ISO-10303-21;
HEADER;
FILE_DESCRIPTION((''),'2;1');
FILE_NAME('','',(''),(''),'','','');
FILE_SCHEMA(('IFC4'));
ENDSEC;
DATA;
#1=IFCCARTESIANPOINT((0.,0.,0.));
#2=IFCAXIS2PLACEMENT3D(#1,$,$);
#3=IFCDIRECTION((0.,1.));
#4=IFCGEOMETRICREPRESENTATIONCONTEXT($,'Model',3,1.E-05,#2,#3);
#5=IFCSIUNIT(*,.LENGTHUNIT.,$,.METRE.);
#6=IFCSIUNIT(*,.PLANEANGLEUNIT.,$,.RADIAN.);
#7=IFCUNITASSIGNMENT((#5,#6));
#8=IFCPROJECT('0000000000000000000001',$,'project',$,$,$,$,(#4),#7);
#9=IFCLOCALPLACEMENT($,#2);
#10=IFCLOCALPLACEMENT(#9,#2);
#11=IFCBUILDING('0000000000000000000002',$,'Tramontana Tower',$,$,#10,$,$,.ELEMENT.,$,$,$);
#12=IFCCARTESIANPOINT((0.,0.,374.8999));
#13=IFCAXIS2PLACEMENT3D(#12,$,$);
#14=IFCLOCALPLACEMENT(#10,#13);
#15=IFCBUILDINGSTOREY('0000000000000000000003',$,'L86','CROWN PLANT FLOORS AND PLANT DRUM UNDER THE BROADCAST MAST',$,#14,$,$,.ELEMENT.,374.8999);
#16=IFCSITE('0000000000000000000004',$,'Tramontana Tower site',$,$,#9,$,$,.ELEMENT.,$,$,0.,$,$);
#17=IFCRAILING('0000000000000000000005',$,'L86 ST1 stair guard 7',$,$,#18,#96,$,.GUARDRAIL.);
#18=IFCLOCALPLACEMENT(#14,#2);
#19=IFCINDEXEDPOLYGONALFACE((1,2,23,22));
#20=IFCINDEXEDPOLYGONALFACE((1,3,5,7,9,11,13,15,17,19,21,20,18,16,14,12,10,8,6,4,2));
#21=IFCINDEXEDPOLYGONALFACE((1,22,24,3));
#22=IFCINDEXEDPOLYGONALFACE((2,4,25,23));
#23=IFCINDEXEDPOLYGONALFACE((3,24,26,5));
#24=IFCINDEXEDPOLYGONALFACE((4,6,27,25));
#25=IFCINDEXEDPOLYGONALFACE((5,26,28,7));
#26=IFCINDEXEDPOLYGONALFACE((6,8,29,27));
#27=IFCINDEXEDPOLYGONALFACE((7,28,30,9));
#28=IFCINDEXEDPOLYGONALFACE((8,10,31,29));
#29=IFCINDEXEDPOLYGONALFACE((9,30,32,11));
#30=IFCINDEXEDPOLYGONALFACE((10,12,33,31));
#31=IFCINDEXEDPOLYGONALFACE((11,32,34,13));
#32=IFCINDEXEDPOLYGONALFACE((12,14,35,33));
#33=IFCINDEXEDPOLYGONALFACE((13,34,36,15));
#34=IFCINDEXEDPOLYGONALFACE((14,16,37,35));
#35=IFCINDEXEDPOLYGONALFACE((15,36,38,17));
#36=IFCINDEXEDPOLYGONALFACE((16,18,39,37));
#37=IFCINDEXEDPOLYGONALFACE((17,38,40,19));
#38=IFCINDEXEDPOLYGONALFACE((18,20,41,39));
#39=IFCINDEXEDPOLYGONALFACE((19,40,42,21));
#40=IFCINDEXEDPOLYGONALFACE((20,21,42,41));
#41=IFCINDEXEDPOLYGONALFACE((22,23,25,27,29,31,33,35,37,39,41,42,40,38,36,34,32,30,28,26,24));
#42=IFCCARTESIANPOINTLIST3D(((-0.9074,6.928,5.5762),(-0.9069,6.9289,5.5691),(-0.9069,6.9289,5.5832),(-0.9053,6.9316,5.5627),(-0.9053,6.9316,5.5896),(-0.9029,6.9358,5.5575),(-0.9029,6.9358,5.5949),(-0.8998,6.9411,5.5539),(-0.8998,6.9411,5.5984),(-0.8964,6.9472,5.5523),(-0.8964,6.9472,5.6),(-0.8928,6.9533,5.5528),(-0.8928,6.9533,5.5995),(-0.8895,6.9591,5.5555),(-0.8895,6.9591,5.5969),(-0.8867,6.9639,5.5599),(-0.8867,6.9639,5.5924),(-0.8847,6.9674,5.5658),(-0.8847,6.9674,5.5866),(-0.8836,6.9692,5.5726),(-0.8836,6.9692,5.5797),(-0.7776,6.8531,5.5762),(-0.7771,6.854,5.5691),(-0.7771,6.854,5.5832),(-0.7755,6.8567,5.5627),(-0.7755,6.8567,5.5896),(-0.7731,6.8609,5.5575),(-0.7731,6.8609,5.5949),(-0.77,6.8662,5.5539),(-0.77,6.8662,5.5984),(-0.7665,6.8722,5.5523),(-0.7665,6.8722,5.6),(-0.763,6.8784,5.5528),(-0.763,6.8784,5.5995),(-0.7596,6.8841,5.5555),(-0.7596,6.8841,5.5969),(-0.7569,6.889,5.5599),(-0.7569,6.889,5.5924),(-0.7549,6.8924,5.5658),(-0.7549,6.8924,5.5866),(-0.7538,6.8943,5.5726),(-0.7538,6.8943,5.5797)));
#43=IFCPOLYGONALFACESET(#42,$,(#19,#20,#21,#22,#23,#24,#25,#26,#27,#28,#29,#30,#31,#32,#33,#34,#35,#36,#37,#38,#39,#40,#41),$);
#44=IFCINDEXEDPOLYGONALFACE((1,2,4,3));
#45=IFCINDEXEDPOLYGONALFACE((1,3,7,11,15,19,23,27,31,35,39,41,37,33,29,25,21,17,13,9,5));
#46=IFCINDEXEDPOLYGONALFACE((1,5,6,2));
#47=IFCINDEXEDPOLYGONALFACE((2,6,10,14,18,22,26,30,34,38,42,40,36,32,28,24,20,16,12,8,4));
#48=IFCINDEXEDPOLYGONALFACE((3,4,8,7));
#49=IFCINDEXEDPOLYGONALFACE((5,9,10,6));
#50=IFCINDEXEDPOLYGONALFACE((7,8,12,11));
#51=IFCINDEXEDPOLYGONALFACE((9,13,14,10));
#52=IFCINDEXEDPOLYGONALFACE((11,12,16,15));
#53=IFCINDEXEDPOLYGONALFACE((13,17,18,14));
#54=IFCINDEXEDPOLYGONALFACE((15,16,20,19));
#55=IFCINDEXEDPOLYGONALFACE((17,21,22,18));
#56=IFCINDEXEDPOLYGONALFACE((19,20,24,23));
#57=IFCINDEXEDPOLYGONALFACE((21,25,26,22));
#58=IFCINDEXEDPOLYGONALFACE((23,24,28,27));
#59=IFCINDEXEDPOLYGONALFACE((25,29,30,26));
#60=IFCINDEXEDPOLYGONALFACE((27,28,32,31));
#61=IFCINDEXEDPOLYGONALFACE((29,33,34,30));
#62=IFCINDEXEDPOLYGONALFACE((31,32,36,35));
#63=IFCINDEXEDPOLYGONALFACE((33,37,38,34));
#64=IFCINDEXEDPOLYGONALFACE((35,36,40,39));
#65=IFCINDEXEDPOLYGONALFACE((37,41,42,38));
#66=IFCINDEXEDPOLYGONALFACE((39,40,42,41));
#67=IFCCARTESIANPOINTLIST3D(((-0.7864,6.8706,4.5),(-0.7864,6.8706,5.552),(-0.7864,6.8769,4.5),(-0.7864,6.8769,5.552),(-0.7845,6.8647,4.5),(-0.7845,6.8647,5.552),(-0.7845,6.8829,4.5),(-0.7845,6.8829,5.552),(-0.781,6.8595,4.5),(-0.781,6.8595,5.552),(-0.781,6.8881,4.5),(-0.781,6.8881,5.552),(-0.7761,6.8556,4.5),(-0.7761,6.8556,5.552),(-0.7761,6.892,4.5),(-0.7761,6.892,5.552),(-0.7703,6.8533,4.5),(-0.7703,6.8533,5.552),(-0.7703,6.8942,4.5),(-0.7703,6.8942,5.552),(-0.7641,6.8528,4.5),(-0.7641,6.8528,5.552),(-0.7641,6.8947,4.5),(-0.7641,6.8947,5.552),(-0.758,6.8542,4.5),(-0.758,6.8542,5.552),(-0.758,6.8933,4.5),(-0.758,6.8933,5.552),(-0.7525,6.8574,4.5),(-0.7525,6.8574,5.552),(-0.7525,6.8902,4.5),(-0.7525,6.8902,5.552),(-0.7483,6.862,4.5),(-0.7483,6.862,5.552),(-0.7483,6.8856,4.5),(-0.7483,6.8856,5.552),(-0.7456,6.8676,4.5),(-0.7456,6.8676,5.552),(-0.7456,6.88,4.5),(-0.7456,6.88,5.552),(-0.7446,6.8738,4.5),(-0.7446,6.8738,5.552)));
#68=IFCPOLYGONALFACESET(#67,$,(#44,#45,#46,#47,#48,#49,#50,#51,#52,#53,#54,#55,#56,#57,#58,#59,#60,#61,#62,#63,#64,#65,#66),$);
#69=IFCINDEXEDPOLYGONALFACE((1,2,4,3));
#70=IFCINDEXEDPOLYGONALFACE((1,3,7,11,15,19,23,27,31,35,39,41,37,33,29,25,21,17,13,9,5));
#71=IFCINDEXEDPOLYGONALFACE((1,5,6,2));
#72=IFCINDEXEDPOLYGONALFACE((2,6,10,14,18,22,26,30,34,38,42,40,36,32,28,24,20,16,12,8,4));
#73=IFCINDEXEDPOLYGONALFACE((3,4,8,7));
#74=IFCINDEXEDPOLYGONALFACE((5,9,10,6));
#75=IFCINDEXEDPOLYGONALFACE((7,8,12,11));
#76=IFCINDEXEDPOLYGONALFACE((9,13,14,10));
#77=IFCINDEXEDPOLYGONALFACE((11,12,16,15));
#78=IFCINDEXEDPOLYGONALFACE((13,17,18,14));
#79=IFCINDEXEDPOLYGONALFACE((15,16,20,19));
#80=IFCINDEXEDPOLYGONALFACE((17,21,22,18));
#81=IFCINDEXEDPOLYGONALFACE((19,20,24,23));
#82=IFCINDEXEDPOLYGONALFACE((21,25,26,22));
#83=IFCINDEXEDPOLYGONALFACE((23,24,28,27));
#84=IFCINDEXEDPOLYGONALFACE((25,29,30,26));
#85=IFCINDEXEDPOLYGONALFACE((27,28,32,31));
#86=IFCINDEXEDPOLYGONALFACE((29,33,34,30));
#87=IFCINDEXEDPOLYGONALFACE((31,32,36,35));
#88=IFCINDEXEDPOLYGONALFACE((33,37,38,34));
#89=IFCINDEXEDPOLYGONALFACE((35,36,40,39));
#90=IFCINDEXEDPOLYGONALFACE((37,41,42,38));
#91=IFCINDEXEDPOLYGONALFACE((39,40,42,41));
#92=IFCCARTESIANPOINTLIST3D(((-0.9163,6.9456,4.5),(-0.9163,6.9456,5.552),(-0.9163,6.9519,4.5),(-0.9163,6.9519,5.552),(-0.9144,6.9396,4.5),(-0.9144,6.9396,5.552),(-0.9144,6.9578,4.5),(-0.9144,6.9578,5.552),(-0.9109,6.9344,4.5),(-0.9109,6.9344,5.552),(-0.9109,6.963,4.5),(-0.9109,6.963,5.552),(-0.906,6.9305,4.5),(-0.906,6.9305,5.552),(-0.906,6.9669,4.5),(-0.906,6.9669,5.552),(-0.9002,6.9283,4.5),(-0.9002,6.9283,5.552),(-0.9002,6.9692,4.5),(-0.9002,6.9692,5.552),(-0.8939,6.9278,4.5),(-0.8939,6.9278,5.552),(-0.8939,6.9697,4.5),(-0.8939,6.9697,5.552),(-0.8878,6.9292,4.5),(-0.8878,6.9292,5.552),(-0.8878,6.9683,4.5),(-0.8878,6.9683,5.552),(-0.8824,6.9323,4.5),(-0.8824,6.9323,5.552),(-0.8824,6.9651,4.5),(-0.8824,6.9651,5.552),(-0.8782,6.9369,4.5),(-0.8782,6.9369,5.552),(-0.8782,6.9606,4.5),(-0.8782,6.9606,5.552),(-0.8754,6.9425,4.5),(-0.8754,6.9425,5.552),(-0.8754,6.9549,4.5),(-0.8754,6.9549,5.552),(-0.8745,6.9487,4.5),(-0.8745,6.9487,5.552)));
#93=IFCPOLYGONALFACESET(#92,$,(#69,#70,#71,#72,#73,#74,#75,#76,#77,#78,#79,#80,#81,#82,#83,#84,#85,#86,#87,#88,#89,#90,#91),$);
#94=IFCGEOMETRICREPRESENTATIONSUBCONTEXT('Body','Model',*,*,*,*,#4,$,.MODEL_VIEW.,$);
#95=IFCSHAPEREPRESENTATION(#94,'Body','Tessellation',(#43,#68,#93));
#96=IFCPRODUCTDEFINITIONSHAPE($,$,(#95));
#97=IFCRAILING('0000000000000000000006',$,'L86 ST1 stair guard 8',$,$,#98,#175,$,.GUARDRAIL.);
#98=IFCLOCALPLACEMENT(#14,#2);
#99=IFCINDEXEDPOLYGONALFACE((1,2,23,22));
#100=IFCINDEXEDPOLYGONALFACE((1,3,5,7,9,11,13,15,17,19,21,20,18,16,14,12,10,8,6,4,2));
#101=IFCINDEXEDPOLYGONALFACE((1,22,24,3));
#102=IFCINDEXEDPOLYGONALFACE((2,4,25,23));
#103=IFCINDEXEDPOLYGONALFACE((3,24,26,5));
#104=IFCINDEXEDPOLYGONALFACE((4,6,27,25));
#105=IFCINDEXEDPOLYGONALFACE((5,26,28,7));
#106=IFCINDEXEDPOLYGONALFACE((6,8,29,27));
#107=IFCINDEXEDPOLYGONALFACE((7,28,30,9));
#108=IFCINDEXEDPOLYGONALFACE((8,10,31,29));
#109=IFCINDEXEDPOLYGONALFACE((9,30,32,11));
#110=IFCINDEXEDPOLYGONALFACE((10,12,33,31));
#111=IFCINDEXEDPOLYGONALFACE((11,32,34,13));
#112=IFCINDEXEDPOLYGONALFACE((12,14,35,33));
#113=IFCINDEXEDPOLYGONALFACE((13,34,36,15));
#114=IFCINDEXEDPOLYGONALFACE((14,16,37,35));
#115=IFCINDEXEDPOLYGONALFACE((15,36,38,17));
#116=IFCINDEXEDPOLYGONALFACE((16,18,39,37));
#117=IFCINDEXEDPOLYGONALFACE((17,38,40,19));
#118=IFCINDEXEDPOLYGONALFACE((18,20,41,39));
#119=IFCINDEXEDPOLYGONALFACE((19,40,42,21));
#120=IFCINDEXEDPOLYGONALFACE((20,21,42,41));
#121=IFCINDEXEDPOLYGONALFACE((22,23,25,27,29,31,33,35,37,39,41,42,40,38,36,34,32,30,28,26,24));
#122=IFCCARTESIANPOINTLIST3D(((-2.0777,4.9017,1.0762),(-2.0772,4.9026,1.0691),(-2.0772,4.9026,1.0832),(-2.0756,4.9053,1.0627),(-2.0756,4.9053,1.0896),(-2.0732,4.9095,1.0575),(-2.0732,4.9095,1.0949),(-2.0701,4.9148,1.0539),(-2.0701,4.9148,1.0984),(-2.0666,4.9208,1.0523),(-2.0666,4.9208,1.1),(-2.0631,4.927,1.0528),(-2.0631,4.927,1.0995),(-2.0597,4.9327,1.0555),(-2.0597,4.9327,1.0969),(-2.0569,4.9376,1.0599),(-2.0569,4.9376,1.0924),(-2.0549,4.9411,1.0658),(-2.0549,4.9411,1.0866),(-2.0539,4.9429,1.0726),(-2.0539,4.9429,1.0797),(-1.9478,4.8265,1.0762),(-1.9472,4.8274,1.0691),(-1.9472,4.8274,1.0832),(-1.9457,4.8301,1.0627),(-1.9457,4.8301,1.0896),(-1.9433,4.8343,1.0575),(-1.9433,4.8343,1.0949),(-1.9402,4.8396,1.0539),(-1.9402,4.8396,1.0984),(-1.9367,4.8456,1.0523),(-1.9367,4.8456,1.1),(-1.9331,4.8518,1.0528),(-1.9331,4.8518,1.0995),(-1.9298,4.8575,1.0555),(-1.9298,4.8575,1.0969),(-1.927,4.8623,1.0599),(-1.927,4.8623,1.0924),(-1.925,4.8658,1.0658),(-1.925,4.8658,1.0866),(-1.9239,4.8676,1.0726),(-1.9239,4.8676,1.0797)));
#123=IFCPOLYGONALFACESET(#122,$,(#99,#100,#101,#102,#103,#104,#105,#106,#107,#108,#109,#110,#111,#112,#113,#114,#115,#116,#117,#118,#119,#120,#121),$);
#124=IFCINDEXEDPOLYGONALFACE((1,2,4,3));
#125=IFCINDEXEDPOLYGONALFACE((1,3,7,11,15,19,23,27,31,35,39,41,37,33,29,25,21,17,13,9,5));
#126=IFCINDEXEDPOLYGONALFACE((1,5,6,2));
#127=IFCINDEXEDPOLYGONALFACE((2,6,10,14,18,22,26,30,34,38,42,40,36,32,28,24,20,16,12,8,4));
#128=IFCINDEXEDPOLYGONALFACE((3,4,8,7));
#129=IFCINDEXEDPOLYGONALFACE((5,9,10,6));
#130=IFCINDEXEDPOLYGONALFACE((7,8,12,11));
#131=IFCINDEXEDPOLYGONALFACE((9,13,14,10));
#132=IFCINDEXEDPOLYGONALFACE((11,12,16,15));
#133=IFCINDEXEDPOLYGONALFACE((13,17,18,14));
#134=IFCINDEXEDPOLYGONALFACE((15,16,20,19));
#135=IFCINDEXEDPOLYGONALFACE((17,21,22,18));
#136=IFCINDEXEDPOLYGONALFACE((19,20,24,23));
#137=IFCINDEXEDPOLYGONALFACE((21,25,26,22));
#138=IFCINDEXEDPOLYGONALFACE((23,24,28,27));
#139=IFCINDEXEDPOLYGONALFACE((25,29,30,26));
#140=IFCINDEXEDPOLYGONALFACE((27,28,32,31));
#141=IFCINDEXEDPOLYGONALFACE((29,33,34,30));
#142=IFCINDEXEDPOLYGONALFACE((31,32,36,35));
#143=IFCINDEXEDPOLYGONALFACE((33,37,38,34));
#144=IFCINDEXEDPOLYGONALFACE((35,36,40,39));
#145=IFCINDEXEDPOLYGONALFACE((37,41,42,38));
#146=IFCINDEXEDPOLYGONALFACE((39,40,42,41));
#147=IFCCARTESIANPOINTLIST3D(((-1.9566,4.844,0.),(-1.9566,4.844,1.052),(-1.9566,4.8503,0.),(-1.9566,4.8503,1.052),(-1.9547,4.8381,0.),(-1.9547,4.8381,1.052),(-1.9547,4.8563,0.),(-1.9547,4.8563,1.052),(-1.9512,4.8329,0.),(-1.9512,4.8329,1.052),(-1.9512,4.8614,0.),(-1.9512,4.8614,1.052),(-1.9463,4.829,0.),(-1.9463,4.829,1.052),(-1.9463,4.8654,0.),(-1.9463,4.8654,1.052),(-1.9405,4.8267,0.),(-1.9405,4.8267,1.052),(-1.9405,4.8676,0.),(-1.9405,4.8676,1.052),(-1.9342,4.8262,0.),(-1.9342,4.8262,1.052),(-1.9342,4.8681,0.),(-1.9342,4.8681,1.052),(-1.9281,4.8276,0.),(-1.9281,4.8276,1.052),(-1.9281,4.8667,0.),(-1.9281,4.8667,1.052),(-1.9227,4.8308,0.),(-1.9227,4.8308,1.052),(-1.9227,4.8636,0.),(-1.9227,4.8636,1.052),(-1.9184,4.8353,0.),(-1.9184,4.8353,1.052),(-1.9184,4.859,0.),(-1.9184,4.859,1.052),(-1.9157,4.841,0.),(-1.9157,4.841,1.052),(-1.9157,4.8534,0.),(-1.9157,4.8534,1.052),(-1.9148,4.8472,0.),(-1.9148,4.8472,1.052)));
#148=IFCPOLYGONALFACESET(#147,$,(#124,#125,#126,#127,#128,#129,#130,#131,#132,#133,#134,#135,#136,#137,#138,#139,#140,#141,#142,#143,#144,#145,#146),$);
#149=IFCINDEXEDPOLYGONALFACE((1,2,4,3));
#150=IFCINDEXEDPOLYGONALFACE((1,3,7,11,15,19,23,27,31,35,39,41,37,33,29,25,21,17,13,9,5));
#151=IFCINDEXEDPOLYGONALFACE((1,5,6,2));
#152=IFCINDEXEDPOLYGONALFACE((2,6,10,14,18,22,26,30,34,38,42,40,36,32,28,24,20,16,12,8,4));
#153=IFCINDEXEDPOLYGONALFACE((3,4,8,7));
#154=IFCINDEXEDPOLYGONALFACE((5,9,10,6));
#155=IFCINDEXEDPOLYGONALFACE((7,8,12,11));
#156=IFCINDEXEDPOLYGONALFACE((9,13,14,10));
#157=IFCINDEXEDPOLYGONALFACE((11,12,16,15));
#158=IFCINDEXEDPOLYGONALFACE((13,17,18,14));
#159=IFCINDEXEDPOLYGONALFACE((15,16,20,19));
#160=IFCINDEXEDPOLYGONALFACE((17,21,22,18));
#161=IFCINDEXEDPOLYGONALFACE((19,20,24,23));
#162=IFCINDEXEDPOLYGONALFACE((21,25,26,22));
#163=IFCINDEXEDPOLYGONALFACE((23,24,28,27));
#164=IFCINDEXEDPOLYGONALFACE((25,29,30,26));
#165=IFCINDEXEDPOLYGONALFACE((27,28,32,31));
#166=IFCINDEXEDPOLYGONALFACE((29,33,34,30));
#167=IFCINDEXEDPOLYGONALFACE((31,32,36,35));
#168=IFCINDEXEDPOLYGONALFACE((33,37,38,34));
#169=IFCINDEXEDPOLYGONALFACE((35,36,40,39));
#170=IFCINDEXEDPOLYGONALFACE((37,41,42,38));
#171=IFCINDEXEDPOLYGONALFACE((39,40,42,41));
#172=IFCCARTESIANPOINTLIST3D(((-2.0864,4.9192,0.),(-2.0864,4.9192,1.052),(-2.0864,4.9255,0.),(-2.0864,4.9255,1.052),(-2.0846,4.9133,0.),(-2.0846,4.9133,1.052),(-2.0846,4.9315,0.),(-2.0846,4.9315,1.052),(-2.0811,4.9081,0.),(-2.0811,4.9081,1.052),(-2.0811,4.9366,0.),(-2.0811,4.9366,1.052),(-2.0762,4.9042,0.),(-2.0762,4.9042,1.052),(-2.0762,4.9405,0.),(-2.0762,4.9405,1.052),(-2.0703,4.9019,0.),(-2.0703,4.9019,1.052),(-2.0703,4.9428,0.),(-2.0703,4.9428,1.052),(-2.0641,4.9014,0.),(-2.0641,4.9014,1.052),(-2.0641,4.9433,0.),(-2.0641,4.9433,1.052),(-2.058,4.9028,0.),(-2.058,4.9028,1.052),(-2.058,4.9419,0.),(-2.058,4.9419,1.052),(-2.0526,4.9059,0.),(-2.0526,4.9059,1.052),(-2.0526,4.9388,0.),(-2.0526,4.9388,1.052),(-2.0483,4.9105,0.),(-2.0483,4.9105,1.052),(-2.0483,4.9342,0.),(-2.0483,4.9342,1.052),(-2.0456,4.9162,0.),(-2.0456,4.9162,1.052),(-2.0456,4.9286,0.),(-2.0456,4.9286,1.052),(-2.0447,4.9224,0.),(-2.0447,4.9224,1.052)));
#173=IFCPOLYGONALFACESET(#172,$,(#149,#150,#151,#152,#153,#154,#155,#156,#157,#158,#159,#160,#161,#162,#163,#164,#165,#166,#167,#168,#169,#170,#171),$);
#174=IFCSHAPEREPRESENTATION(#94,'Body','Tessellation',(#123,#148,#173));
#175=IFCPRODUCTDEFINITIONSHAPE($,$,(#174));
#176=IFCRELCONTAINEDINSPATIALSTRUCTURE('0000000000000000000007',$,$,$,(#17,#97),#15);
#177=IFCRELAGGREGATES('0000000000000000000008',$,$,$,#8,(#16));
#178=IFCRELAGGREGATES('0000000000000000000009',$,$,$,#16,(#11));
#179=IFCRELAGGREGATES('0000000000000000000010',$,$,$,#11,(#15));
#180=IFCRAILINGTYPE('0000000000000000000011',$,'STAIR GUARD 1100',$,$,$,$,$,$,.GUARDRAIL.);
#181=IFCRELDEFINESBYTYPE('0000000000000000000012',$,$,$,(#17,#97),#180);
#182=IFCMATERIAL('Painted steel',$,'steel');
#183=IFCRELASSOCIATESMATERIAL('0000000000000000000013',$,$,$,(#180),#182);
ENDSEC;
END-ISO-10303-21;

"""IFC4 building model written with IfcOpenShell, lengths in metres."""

from ifc_helpers import new_model, si_unit, direction, frame, origin, origin_2d, place, context, subcontext, project, spatial, circle, extrude, material, type_object, element, save


model = new_model("IFC4")

# Units and contexts
model_context = context("Model", 3, precision=1e-05, world=origin(), true_north=direction((0.0, 1.0)))
body_context = subcontext(model_context, "Body", "Model", "MODEL_VIEW")
ifc_project = project(units=[si_unit("LENGTHUNIT", "METRE"), si_unit("PLANEANGLEUNIT", "RADIAN")], contexts=[model_context])

# Site, building, storey
site_placement = place(None, origin())
site = spatial("IfcSite", under=ifc_project, at=site_placement, Name="Tramontana Tower site", CompositionType="ELEMENT", RefElevation=0.0)
building_placement = place(site_placement, origin())
building = spatial("IfcBuilding", under=site, at=building_placement, Name="Tramontana Tower", CompositionType="ELEMENT")
storey_placement = place(building_placement, frame((0.0, 0.0, 374.8999)))
storey = spatial("IfcBuildingStorey", under=building, at=storey_placement, Name="L86", Description="CROWN PLANT FLOORS AND PLANT DRUM UNDER THE BROADCAST MAST", CompositionType="ELEMENT", Elevation=374.8999)

# Railings
ifc_material_1 = material(Name="Painted steel", Category="steel")
railing_type_1 = type_object("IfcRailingType", Name="STAIR GUARD 1100", PredefinedType="GUARDRAIL", material=ifc_material_1)
railing_1_placement = place(storey_placement, frame((-0.7656, 6.8738, 4.5)))
element("IfcRailing", 1, at=railing_1_placement, inside=storey, type_object=railing_type_1, Name="L86 ST1 stair guard 7", PredefinedType="GUARDRAIL", context=body_context, shape_type="SweptSolid", body=[
    extrude(circle(Radius=0.0239, at=origin_2d()), frame((0.0, 0.0, 1.0762), z_axis=(-0.866131, 0.499816, 0.0), x_axis=(-0.499816, -0.866131, 0.0)), (0.0, 0.0, 1.0), 0.1499),
    extrude(circle(Radius=0.021, at=origin_2d()), origin(), (0.0, 0.0, 1.0), 1.052),
    extrude(circle(Radius=0.021, at=origin_2d()), frame((-0.1299, 0.075, 0.0)), (0.0, 0.0, 1.0), 1.052),
])
railing_2_placement = place(storey_placement, frame((-1.9358, 4.8472, 0.0)))
element("IfcRailing", 2, at=railing_2_placement, inside=storey, type_object=railing_type_1, Name="L86 ST1 stair guard 8", PredefinedType="GUARDRAIL", context=body_context, shape_type="SweptSolid", body=[
    extrude(circle(Radius=0.0239, at=origin_2d()), frame((0.0, 0.0, 1.0762), z_axis=(-0.865426, 0.501036, 0.0), x_axis=(-0.501036, -0.865426, 0.0)), (0.0, 0.0, 1.0), 0.1501),
    extrude(circle(Radius=0.021, at=origin_2d()), origin(), (0.0, 0.0, 1.0), 1.052),
    extrude(circle(Radius=0.021, at=origin_2d()), frame((-0.1299, 0.0752, 0.0)), (0.0, 0.0, 1.0), 1.052),
])

save(model, "model.ifc")
